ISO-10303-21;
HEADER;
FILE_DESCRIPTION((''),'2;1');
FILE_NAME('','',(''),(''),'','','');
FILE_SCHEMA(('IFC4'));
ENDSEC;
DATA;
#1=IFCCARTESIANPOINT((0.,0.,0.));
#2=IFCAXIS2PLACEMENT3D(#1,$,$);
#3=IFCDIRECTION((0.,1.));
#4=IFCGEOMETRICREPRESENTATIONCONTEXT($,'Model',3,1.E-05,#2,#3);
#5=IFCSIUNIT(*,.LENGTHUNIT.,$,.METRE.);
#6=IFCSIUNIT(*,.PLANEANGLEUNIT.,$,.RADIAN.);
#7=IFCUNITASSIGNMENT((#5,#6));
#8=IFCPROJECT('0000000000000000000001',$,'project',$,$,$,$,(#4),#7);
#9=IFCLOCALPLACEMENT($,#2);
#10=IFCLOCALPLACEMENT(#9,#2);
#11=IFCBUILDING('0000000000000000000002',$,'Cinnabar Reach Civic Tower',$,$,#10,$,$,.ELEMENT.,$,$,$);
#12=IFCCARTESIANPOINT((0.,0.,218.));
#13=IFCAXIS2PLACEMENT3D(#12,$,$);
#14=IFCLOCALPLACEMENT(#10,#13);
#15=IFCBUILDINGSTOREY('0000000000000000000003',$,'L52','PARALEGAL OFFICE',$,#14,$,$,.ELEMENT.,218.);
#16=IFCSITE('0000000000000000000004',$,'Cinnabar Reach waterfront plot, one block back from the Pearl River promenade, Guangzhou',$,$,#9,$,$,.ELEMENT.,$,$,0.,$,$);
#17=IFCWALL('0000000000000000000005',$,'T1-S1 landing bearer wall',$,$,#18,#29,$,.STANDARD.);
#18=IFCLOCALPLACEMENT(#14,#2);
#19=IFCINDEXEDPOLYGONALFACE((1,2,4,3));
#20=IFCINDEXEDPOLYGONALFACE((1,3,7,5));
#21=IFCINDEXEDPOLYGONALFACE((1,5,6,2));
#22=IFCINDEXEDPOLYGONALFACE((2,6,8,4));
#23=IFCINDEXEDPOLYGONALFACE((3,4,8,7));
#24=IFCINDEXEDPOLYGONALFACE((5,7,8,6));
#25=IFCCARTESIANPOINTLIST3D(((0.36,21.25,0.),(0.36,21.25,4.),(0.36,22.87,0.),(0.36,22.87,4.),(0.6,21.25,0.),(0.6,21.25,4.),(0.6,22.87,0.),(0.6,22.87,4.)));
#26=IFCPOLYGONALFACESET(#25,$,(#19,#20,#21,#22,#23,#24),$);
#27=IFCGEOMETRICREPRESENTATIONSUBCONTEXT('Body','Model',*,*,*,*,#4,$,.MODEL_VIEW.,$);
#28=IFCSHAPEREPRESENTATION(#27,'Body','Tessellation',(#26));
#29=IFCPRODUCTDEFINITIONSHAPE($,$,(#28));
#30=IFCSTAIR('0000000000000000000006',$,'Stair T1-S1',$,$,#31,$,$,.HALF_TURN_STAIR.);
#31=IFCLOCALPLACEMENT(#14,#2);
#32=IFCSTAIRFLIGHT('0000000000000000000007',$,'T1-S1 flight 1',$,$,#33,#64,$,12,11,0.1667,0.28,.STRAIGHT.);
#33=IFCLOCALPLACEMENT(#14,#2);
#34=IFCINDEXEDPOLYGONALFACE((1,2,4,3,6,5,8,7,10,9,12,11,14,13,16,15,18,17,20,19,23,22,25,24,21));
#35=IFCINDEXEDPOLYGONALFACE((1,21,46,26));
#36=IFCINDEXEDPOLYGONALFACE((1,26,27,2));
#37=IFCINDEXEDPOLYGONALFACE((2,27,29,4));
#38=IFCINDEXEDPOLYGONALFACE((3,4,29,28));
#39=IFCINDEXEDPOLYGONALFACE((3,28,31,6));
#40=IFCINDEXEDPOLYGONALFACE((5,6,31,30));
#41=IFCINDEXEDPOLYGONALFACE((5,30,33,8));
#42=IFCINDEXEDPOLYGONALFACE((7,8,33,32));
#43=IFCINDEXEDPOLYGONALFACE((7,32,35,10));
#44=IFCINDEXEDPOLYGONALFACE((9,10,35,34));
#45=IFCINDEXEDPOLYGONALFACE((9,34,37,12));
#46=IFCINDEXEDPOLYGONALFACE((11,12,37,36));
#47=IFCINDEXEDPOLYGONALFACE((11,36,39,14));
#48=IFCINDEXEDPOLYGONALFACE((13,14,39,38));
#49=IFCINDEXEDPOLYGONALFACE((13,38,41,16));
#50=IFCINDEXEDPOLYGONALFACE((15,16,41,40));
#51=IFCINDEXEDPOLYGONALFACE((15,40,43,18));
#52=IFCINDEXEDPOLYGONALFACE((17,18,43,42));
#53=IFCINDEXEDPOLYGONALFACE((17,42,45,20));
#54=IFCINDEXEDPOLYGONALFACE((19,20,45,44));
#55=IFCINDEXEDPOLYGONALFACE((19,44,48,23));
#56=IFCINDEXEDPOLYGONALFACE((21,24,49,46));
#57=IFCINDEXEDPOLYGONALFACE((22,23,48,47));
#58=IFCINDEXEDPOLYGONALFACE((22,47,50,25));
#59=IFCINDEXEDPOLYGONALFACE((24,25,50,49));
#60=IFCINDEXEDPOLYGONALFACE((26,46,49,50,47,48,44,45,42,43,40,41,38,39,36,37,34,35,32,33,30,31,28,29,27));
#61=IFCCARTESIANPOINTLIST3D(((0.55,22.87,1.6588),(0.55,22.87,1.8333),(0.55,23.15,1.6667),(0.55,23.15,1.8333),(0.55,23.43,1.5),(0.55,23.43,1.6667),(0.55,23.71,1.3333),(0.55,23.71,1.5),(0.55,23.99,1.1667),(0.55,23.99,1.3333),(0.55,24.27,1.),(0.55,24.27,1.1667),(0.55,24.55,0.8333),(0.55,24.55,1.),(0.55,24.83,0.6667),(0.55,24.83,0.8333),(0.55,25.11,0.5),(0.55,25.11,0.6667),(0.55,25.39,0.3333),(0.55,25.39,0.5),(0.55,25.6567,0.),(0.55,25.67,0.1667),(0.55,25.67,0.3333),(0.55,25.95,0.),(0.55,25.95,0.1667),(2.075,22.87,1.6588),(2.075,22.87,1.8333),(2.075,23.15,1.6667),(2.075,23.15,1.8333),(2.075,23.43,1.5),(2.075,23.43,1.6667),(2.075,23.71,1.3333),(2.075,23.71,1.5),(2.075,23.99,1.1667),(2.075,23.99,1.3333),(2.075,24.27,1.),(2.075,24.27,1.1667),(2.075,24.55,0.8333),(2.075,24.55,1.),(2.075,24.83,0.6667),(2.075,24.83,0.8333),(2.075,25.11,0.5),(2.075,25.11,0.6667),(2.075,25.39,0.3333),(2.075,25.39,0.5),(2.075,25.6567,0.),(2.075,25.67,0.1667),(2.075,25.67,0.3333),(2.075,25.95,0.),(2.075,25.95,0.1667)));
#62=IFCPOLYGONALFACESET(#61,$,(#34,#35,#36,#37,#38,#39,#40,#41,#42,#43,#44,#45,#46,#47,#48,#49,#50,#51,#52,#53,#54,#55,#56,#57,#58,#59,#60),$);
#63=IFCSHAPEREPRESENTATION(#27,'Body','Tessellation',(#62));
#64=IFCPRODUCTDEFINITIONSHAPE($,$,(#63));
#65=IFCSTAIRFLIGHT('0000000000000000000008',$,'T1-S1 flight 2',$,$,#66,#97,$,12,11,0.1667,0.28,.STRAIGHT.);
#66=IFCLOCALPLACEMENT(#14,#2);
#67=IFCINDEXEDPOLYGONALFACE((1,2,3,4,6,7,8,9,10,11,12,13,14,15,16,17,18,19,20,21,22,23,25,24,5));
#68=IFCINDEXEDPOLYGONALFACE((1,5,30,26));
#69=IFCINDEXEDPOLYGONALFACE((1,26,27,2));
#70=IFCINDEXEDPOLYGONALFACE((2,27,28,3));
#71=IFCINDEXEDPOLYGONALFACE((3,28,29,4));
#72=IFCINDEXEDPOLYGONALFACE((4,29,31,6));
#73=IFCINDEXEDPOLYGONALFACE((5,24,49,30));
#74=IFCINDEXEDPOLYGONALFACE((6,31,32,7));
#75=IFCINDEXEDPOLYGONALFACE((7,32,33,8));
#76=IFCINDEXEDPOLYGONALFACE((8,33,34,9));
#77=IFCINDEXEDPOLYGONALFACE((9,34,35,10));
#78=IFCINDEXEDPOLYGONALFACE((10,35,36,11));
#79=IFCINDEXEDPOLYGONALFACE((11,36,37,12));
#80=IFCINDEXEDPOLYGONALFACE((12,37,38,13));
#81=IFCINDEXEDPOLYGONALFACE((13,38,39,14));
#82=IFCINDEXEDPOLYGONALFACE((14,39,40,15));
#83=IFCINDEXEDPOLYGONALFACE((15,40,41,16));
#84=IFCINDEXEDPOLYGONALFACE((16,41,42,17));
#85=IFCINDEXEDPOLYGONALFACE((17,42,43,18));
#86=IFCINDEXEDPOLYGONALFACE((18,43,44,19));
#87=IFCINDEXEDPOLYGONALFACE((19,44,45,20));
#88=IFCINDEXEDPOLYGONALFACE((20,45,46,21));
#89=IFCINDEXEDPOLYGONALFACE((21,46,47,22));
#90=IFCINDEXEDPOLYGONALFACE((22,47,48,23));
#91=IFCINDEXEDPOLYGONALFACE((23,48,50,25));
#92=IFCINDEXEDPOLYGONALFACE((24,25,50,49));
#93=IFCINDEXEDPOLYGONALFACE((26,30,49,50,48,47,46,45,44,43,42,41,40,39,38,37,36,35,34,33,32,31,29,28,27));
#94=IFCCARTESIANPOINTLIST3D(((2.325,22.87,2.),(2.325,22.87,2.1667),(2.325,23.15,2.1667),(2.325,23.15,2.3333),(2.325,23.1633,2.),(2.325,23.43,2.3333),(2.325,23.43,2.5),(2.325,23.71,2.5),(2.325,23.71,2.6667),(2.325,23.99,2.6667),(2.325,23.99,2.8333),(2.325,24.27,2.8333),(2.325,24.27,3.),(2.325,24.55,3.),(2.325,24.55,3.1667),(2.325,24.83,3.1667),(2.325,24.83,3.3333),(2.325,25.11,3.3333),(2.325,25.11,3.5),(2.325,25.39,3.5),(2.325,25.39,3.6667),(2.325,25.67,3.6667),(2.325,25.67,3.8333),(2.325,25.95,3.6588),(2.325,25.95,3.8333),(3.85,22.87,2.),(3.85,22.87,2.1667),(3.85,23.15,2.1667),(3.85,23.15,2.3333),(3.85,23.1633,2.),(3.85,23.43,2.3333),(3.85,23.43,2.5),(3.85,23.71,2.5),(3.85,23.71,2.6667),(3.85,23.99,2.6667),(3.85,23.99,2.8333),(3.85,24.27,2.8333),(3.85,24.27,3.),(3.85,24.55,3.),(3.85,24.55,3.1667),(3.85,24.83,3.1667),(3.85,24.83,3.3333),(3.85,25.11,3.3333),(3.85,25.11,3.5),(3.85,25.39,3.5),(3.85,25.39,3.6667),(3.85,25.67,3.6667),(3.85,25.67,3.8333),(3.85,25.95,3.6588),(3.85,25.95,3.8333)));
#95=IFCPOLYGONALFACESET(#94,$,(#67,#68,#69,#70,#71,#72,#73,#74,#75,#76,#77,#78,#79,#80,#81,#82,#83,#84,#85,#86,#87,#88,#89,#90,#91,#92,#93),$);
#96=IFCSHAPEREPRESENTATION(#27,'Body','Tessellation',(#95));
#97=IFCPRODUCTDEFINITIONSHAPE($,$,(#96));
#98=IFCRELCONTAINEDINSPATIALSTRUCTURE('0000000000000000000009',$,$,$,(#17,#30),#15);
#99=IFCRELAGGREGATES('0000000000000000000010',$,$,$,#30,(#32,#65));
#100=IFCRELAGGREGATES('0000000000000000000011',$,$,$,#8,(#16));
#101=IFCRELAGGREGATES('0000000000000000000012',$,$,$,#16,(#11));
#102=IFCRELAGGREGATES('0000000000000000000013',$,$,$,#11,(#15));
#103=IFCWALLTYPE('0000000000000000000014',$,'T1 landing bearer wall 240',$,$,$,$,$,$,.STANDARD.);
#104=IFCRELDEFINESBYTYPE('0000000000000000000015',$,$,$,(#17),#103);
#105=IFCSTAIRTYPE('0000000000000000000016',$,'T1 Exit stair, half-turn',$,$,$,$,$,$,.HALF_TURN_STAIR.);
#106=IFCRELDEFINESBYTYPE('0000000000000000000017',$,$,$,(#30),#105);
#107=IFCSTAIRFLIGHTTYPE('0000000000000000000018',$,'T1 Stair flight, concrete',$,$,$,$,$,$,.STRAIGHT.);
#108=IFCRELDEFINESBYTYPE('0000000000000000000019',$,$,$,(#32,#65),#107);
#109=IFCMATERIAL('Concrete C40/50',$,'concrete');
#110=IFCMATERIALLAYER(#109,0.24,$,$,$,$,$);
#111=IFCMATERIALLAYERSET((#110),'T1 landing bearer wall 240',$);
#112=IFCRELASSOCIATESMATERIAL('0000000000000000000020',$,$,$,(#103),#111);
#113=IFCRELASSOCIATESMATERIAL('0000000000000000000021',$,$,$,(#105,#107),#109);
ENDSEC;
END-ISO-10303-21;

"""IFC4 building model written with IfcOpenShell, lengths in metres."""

from ifc_helpers import new_model, si_unit, direction, frame, frame_2d, origin, place, context, subcontext, project, spatial, polyline, rectangle, outline, extrude, material, layer, layer_set, type_object, element, aggregate, save


model = new_model("IFC4")

# Units and contexts
model_context = context("Model", 3, precision=1e-05, world=origin(), true_north=direction((0.0, 1.0)))
body_context = subcontext(model_context, "Body", "Model", "MODEL_VIEW")
ifc_project = project(units=[si_unit("LENGTHUNIT", "METRE"), si_unit("PLANEANGLEUNIT", "RADIAN")], contexts=[model_context])

# Site, building, storey
site_placement = place(None, origin())
site = spatial("IfcSite", under=ifc_project, at=site_placement, Name="Cinnabar Reach waterfront plot, one block back from the Pearl River promenade, Guangzhou", CompositionType="ELEMENT", RefElevation=0.0)
building_placement = place(site_placement, origin())
building = spatial("IfcBuilding", under=site, at=building_placement, Name="Cinnabar Reach Civic Tower", CompositionType="ELEMENT")
storey_placement = place(building_placement, frame((0.0, 0.0, 218.0)))
storey = spatial("IfcBuildingStorey", under=building, at=storey_placement, Name="L52", Description="PARALEGAL OFFICE", CompositionType="ELEMENT", Elevation=218.0)

# Wall
ifc_material_1 = material(Name="Concrete C40/50", Category="concrete")
ifc_layer_1 = layer(ifc_material_1, 0.24)
ifc_layer_set_1 = layer_set([ifc_layer_1], Name="T1 landing bearer wall 240")
wall_type_1 = type_object("IfcWallType", Name="T1 landing bearer wall 240", PredefinedType="STANDARD", material=ifc_layer_set_1)
wall_1_placement = place(storey_placement, frame((0.48, 21.25, 0.0), z_axis=(0.0, 0.0, 1.0), x_axis=(0.0, 1.0, 0.0)))
element("IfcWall", 1, at=wall_1_placement, inside=storey, type_object=wall_type_1, Name="T1-S1 landing bearer wall", PredefinedType="STANDARD", context=body_context, shape_type="SweptSolid", body=[
    extrude(rectangle(XDim=1.62, YDim=0.24, at=frame_2d((0.81, 0.0))), origin(), (0.0, 0.0, 1.0), 4.0),
])

# Stair, stair flights
stair_type = type_object("IfcStairType", Name="T1 Exit stair, half-turn", PredefinedType="HALF_TURN_STAIR", material=ifc_material_1)
stair_placement = place(storey_placement, origin())
stair = element("IfcStair", 2, at=stair_placement, inside=storey, type_object=stair_type, Name="Stair T1-S1", PredefinedType="HALF_TURN_STAIR")
stair_flight_type = type_object("IfcStairFlightType", Name="T1 Stair flight, concrete", PredefinedType="STRAIGHT", material=ifc_material_1)
stair_flight_1_placement = place(storey_placement, frame((1.3125, 25.95, 0.0), z_axis=(0.0, 0.0, 1.0), x_axis=(0.0, -1.0, 0.0)))
stair_flight_1 = element("IfcStairFlight", 3, at=stair_flight_1_placement, type_object=stair_flight_type, Name="T1-S1 flight 1", NumberOfRisers=12, NumberOfTreads=11, PredefinedType="STRAIGHT", RiserHeight=0.1667, TreadLength=0.28, context=body_context, shape_type="SweptSolid", body=[
    extrude(outline(polyline([(0.0, 0.0), (0.0, 0.1667), (0.28, 0.1667), (0.28, 0.3333), (0.56, 0.3333), (0.56, 0.5), (0.84, 0.5), (0.84, 0.6667), (1.12, 0.6667), (1.12, 0.8333), (1.4, 0.8333), (1.4, 1.0), (1.68, 1.0), (1.68, 1.1667), (1.96, 1.1667), (1.96, 1.3333), (2.24, 1.3333), (2.24, 1.5), (2.52, 1.5), (2.52, 1.6667), (2.8, 1.6667), (2.8, 1.8333), (3.08, 1.8333), (3.08, 2.0), (3.08, 1.6588), (0.2933, 0.0), (0.0, 0.0)])), frame((0.0, 0.7625, 0.0), z_axis=(0.0, -1.0, 0.0), x_axis=(1.0, 0.0, 0.0)), (0.0, 0.0, 1.0), 1.525),
])
stair_flight_2_placement = place(storey_placement, frame((3.0875, 22.87, 2.0), z_axis=(0.0, 0.0, 1.0), x_axis=(0.0, 1.0, 0.0)))
stair_flight_2 = element("IfcStairFlight", 4, at=stair_flight_2_placement, type_object=stair_flight_type, Name="T1-S1 flight 2", NumberOfRisers=12, NumberOfTreads=11, PredefinedType="STRAIGHT", RiserHeight=0.1667, TreadLength=0.28, context=body_context, shape_type="SweptSolid", body=[
    extrude(outline(polyline([(0.0, 0.0), (0.0, 0.1667), (0.28, 0.1667), (0.28, 0.3333), (0.56, 0.3333), (0.56, 0.5), (0.84, 0.5), (0.84, 0.6667), (1.12, 0.6667), (1.12, 0.8333), (1.4, 0.8333), (1.4, 1.0), (1.68, 1.0), (1.68, 1.1667), (1.96, 1.1667), (1.96, 1.3333), (2.24, 1.3333), (2.24, 1.5), (2.52, 1.5), (2.52, 1.6667), (2.8, 1.6667), (2.8, 1.8333), (3.08, 1.8333), (3.08, 2.0), (3.08, 1.6588), (0.2933, 0.0), (0.0, 0.0)])), frame((0.0, 0.7625, 0.0), z_axis=(0.0, -1.0, 0.0), x_axis=(1.0, 0.0, 0.0)), (0.0, 0.0, 1.0), 1.525),
])
aggregate(stair, [stair_flight_1, stair_flight_2])

save(model, "model.ifc")
